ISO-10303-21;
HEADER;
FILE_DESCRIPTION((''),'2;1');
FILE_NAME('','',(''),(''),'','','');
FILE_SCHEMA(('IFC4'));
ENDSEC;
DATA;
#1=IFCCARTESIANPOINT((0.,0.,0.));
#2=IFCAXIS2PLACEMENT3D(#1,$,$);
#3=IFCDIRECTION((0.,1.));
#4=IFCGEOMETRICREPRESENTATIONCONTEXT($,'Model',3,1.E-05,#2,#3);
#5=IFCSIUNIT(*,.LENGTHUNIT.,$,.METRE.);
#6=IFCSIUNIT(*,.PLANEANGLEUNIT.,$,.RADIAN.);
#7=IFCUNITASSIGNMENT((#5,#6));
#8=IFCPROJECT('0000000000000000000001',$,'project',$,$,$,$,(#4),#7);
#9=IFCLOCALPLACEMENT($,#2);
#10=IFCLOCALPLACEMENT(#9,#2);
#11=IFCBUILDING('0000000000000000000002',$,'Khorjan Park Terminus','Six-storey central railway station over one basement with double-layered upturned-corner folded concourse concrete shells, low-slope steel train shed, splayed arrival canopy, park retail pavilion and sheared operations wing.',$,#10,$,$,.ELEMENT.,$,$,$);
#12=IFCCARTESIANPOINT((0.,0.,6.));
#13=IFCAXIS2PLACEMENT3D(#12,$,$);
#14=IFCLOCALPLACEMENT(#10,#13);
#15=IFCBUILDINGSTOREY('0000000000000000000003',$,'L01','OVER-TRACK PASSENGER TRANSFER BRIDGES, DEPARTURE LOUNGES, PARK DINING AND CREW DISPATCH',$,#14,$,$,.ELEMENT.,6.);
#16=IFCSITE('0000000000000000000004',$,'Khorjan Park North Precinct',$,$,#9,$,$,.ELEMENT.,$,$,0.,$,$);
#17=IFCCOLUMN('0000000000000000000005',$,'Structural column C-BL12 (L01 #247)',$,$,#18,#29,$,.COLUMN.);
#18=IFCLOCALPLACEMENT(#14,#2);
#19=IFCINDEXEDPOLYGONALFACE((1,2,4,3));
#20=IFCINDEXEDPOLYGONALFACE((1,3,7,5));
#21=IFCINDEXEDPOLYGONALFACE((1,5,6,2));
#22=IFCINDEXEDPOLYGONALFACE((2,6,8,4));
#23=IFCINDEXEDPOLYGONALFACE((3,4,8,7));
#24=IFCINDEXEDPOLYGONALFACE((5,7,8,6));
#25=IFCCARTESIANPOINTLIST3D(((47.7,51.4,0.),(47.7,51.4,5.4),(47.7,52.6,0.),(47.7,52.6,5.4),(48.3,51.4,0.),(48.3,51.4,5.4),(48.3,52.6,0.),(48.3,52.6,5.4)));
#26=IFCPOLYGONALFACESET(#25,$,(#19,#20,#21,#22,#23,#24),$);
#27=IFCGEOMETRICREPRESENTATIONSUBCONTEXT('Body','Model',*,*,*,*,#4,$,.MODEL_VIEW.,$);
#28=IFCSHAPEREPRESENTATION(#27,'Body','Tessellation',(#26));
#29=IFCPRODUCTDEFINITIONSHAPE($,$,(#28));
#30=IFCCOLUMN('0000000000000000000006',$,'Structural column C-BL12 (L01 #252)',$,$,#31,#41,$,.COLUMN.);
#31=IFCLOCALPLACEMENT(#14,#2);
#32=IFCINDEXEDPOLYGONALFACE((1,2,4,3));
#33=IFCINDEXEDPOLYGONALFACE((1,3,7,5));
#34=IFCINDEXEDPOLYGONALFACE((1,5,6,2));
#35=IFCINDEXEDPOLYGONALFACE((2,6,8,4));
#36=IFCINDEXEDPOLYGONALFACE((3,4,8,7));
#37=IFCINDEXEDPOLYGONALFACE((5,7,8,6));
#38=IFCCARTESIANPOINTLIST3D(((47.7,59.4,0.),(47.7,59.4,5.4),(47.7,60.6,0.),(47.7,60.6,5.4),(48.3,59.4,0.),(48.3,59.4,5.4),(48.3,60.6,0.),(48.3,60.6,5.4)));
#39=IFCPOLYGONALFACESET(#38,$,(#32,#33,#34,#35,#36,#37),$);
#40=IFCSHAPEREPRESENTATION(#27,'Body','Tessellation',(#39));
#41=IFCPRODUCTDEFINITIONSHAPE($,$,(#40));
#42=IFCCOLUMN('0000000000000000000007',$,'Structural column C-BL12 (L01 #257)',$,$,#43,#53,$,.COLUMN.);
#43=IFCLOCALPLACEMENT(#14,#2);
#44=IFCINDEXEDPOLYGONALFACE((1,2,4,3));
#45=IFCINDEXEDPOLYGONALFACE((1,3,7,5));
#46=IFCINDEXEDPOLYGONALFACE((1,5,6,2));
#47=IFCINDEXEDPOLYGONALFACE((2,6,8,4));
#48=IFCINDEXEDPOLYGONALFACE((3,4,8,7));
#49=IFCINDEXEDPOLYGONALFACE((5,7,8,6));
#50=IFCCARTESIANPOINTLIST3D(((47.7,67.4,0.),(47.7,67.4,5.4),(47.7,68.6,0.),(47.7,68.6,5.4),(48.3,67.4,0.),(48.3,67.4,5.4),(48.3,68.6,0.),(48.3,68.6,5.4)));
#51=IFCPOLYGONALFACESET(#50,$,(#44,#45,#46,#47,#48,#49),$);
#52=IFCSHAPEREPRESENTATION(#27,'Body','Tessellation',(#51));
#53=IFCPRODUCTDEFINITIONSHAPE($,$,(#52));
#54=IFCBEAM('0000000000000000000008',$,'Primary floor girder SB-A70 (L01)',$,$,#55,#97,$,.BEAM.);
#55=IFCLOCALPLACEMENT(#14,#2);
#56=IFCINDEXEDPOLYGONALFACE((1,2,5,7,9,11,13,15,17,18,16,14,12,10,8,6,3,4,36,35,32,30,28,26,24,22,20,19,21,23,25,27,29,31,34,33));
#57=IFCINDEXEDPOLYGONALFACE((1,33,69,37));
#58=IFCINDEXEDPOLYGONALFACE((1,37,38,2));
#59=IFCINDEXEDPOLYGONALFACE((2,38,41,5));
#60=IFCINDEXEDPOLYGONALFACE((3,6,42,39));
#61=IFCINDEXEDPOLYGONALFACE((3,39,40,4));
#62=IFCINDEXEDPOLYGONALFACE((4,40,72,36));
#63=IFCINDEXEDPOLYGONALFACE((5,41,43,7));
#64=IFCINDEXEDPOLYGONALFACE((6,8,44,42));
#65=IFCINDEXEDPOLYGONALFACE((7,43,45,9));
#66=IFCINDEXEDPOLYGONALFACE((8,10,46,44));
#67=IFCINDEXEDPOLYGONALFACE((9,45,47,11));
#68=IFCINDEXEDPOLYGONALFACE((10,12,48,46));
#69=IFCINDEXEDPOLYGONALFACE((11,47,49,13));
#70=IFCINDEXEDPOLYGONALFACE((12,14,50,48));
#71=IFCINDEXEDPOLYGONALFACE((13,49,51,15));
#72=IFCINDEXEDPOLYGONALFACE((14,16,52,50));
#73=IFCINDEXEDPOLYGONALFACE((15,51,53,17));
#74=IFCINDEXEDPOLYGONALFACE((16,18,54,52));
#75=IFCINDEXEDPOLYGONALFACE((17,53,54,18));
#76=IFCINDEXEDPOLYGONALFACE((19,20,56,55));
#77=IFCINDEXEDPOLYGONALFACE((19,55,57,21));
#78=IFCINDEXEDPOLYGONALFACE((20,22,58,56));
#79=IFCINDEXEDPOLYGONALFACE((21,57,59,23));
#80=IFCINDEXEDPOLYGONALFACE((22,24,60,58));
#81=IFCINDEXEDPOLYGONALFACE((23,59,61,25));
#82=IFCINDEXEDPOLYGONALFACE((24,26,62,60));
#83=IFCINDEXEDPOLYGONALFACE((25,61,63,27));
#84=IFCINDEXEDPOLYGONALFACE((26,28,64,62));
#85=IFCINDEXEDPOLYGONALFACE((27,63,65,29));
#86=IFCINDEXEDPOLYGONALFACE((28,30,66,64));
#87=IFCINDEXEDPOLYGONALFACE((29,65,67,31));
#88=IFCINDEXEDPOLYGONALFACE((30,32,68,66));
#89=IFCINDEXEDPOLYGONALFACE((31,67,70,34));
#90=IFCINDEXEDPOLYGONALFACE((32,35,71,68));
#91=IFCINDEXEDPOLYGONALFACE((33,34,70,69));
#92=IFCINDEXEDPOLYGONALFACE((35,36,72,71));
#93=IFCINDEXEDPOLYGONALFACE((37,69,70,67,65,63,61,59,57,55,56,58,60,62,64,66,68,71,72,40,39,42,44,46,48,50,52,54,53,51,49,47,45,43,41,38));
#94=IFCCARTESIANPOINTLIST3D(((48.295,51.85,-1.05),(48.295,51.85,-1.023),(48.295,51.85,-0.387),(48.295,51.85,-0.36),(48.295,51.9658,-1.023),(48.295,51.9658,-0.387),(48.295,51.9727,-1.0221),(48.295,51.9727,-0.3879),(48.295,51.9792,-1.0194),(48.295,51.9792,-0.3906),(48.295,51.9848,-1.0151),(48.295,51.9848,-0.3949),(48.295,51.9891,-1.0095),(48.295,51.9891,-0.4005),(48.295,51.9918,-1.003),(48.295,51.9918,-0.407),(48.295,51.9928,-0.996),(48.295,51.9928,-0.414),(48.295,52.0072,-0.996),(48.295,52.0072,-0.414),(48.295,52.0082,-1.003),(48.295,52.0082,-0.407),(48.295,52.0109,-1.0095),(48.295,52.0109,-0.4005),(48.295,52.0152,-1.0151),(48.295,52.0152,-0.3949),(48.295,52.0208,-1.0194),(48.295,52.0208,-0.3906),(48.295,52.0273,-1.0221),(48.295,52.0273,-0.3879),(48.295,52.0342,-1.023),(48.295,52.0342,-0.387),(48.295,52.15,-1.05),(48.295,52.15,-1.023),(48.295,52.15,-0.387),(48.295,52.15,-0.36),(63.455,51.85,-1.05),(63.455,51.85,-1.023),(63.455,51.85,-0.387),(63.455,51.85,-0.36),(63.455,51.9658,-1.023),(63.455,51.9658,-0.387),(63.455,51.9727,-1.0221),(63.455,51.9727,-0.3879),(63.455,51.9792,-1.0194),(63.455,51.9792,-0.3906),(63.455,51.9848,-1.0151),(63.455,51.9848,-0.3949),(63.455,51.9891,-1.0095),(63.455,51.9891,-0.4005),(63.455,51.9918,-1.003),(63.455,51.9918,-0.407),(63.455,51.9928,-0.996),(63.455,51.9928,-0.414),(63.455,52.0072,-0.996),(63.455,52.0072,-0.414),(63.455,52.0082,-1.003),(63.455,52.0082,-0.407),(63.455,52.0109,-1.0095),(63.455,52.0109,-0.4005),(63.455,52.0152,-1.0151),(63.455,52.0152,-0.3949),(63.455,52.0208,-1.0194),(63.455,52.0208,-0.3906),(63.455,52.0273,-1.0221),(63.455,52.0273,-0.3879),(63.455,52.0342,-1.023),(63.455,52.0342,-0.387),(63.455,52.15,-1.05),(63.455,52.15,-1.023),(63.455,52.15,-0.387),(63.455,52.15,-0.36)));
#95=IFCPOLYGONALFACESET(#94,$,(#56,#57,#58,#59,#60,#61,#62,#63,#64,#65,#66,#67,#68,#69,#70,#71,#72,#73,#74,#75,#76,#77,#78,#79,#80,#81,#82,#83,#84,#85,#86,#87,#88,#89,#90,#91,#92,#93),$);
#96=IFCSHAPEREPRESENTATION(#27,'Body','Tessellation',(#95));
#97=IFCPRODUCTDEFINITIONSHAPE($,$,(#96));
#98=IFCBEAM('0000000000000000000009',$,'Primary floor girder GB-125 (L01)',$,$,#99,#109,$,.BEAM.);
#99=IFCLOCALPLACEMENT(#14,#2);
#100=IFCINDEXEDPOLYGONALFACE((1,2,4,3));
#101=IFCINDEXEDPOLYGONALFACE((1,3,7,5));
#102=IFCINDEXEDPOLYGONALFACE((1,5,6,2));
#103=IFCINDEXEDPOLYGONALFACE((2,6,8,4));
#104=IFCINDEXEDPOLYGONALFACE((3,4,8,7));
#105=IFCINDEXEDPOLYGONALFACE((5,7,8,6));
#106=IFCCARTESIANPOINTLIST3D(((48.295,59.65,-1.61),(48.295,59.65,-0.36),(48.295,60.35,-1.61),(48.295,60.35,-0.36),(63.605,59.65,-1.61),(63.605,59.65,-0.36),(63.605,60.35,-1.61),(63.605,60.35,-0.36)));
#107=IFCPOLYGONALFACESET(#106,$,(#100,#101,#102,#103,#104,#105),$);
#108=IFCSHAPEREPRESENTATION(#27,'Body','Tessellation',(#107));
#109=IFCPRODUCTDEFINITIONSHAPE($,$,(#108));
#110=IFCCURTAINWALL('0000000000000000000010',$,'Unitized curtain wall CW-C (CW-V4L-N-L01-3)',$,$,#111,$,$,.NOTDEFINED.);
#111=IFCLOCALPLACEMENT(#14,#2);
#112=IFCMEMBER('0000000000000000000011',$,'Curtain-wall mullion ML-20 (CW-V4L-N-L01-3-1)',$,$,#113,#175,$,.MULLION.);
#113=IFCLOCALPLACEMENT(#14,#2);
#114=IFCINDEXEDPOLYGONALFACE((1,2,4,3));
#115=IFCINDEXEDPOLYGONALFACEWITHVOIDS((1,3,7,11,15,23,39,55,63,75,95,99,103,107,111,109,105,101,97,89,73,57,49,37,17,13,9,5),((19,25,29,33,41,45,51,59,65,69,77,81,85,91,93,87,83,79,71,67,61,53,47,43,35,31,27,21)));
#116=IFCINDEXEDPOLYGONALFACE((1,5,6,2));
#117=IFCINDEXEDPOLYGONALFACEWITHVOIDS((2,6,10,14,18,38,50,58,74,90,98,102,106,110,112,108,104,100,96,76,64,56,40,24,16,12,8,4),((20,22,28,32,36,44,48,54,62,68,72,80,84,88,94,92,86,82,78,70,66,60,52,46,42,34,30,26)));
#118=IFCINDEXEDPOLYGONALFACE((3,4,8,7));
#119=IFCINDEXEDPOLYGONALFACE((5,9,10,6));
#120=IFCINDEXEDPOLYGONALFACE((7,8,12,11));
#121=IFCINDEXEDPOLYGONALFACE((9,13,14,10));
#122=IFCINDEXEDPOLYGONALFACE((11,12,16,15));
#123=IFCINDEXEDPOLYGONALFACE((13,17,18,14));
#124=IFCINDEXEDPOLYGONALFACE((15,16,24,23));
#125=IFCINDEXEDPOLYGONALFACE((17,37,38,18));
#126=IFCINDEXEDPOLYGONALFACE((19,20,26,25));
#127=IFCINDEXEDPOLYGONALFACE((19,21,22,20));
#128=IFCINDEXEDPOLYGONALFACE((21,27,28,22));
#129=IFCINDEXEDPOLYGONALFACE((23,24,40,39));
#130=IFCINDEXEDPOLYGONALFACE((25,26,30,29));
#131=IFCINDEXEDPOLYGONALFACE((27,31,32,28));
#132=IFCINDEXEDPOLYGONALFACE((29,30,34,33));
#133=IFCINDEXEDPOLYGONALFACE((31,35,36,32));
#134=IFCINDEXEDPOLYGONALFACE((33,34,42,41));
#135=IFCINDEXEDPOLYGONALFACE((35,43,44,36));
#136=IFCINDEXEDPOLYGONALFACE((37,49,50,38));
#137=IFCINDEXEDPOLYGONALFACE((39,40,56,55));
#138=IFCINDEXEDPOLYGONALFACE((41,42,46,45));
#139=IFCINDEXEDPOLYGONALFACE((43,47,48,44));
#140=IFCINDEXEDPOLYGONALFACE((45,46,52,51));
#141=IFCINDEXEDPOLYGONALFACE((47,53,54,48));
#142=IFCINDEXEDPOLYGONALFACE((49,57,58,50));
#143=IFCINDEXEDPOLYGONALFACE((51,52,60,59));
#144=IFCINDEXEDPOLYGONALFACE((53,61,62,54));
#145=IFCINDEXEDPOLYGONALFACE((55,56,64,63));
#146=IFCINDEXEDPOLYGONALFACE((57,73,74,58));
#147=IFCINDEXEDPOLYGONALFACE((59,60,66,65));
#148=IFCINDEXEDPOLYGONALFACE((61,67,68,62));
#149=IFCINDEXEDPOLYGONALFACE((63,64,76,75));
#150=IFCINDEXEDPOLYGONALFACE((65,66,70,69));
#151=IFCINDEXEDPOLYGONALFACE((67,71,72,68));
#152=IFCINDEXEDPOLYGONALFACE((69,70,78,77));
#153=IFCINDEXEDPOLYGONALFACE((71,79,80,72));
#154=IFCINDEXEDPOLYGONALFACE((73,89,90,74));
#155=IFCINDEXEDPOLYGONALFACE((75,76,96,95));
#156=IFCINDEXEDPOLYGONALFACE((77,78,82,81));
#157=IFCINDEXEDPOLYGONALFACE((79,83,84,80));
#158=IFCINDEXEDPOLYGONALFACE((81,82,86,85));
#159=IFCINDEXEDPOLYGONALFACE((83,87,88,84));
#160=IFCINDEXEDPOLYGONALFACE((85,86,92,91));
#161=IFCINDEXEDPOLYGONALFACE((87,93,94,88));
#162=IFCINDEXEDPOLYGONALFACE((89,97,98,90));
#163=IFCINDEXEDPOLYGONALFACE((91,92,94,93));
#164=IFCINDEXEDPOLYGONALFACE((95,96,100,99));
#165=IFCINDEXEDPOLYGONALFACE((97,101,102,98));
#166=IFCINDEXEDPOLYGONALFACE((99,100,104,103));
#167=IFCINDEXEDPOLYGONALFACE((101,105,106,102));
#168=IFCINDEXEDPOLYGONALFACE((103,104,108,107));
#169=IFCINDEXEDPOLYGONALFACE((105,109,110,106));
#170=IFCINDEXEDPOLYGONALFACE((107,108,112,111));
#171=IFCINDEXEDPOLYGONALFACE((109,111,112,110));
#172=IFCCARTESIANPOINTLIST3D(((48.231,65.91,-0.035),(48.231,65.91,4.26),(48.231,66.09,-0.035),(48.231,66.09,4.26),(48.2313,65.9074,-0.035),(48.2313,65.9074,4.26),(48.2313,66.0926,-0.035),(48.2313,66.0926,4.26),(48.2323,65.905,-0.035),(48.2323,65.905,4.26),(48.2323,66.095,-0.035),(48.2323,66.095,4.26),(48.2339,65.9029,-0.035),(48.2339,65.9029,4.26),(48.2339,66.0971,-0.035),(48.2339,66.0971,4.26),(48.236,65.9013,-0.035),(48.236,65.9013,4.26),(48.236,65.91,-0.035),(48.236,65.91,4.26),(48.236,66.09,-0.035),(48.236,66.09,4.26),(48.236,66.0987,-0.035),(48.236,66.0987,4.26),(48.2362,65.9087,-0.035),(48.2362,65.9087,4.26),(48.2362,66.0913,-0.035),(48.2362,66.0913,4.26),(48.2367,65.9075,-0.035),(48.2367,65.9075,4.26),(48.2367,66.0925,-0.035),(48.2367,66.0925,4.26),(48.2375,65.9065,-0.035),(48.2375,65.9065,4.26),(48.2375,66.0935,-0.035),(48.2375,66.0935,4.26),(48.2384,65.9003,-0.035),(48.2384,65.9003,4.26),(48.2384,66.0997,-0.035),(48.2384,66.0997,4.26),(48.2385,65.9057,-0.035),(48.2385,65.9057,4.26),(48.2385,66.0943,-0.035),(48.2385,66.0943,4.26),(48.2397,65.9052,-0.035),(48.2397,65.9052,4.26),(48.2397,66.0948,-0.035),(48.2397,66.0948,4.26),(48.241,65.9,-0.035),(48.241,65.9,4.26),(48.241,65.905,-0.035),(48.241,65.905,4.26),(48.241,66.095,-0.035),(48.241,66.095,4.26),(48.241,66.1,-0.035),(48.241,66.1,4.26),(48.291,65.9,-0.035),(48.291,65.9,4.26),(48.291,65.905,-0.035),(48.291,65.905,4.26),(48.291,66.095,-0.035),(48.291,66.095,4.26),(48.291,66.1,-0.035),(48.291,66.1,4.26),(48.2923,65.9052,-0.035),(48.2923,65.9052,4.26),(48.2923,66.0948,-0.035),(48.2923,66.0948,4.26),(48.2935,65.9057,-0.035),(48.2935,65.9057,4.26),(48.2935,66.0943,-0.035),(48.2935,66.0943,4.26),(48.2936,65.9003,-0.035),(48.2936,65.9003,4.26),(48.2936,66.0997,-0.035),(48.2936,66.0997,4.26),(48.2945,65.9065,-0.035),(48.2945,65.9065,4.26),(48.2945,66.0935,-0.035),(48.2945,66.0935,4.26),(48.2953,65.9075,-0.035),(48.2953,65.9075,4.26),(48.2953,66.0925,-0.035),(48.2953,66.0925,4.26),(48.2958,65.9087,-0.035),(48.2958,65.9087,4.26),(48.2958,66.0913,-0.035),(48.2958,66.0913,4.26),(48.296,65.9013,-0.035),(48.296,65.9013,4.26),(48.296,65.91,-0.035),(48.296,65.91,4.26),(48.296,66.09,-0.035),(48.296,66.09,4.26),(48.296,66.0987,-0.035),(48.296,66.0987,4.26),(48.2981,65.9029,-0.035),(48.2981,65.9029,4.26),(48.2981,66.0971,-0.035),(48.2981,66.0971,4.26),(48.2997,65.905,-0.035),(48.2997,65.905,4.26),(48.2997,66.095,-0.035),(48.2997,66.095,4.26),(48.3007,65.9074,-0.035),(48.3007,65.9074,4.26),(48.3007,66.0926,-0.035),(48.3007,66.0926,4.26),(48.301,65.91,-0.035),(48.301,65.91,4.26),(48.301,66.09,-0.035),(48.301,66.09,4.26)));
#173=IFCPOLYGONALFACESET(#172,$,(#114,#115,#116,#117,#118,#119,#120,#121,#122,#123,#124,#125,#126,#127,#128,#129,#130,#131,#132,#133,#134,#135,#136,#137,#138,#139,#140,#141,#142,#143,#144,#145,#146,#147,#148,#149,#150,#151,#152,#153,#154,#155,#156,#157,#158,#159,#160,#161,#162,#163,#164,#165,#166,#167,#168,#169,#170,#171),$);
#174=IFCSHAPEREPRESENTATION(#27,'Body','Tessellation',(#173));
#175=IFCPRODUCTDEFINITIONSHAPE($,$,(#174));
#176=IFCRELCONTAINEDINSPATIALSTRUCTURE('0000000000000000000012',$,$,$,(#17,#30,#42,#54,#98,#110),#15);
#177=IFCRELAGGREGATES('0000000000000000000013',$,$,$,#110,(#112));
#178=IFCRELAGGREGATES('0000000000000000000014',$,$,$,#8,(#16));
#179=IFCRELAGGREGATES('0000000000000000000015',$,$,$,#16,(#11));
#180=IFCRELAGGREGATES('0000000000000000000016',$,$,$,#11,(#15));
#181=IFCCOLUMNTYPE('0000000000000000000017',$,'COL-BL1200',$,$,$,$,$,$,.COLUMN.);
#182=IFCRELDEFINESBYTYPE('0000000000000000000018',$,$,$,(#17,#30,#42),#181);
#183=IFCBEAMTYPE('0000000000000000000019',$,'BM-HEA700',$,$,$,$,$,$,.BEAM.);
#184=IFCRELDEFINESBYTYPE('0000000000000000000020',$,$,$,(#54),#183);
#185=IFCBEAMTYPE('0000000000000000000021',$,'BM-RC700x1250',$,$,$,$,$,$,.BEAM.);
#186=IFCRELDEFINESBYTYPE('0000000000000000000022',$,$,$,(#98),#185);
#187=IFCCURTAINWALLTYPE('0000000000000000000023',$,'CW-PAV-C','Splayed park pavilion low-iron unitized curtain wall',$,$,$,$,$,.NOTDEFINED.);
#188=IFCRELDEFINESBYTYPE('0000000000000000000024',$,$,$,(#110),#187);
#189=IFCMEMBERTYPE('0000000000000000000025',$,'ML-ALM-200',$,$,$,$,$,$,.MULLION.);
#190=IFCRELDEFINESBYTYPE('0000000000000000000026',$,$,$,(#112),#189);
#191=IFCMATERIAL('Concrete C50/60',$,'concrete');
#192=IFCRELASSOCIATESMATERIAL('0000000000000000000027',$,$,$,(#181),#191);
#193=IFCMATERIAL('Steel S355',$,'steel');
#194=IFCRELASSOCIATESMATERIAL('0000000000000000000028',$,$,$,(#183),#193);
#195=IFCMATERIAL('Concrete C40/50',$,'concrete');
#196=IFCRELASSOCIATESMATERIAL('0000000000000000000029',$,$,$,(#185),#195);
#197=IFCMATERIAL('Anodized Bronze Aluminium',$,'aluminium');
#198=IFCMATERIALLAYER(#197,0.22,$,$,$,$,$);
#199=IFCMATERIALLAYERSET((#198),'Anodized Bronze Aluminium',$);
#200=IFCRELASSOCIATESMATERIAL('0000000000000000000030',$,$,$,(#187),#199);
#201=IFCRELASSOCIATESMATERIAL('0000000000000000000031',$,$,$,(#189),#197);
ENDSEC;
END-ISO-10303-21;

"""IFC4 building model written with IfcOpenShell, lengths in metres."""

from ifc_helpers import new_model, si_unit, direction, frame, origin, origin_2d, place, context, subcontext, project, spatial, rectangle, hollow_rectangle, i_section, extrude, material, layer, layer_set, material_profile, profile_set, type_object, element, aggregate, save


model = new_model("IFC4")

# Units and contexts
model_context = context("Model", 3, precision=1e-05, world=origin(), true_north=direction((0.0, 1.0)))
body_context = subcontext(model_context, "Body", "Model", "MODEL_VIEW")
ifc_project = project(units=[si_unit("LENGTHUNIT", "METRE"), si_unit("PLANEANGLEUNIT", "RADIAN")], contexts=[model_context])

# Site, building, storey
site_placement = place(None, origin())
site = spatial("IfcSite", under=ifc_project, at=site_placement, Name="Khorjan Park North Precinct", CompositionType="ELEMENT", RefElevation=0.0)
building_placement = place(site_placement, origin())
building = spatial("IfcBuilding", under=site, at=building_placement, Name="Khorjan Park Terminus", Description="Six-storey central railway station over one basement with double-layered upturned-corner folded concourse concrete shells, low-slope steel train shed, splayed arrival canopy, park retail pavilion and sheared operations wing.", CompositionType="ELEMENT")
storey_placement = place(building_placement, frame((0.0, 0.0, 6.0)))
storey = spatial("IfcBuildingStorey", under=building, at=storey_placement, Name="L01", Description="OVER-TRACK PASSENGER TRANSFER BRIDGES, DEPARTURE LOUNGES, PARK DINING AND CREW DISPATCH", CompositionType="ELEMENT", Elevation=6.0)

# Columns
ifc_material_1 = material(Name="Concrete C50/60", Category="concrete")
ifc_material_profile_1 = material_profile(ifc_material_1, rectangle(XDim=0.6, YDim=1.2, at=origin_2d()), Name="RC 600x1200")
ifc_profile_set_1 = profile_set([ifc_material_profile_1], Name="Concrete C50/60")
column_type = type_object("IfcColumnType", Name="COL-BL1200", PredefinedType="COLUMN", material=ifc_profile_set_1)
for number, where, z_axis, x_axis, name in (
    (1, (48.0, 52.0, 0.0), (0.0, 0.0, 1.0), (1.0, 0.0, 0.0), "Structural column C-BL12 (L01 #247)"),
    (2, (48.0, 60.0, 0.0), (0.0, 0.0, 1.0), (1.0, 0.0, 0.0), "Structural column C-BL12 (L01 #252)"),
    (3, (48.0, 68.0, 0.0), (0.0, 0.0, 1.0), (1.0, 0.0, 0.0), "Structural column C-BL12 (L01 #257)"),
):
    element("IfcColumn", number, at=place(storey_placement, frame(where, z_axis=z_axis, x_axis=x_axis)), inside=storey, type_object=column_type, Name=name, PredefinedType="COLUMN", context=body_context, shape_type="SweptSolid", body=[
        extrude(rectangle(XDim=0.6, YDim=1.2, at=origin_2d()), origin(), (0.0, 0.0, 1.0), 5.4),
    ])

# Beams
ifc_material_2 = material(Name="Steel S355", Category="steel")
ifc_material_profile_2 = material_profile(ifc_material_2, i_section(OverallWidth=0.3, OverallDepth=0.69, WebThickness=0.0145, FlangeThickness=0.027, FilletRadius=0.027, at=origin_2d()), Name="HEA 700")
ifc_profile_set_2 = profile_set([ifc_material_profile_2], Name="Steel S355")
beam_type_1 = type_object("IfcBeamType", Name="BM-HEA700", PredefinedType="BEAM", material=ifc_profile_set_2)
beam_1_placement = place(storey_placement, frame((48.295, 52.0, -0.705), z_axis=(1.0, 0.0, 0.0), x_axis=(0.0, 1.0, 0.0)))
element("IfcBeam", 4, at=beam_1_placement, inside=storey, type_object=beam_type_1, Name="Primary floor girder SB-A70 (L01)", PredefinedType="BEAM", context=body_context, shape_type="SweptSolid", body=[
    extrude(i_section(OverallWidth=0.3, OverallDepth=0.69, WebThickness=0.0145, FlangeThickness=0.027, FilletRadius=0.027, at=origin_2d()), origin(), (0.0, 0.0, 1.0), 15.16),
])
ifc_material_3 = material(Name="Concrete C40/50", Category="concrete")
ifc_material_profile_3 = material_profile(ifc_material_3, rectangle(XDim=0.7, YDim=1.25, at=origin_2d()), Name="RC 700x1250")
ifc_profile_set_3 = profile_set([ifc_material_profile_3], Name="Concrete C40/50")
beam_type_2 = type_object("IfcBeamType", Name="BM-RC700x1250", PredefinedType="BEAM", material=ifc_profile_set_3)
beam_2_placement = place(storey_placement, frame((48.295, 60.0, -0.985), z_axis=(1.0, 0.0, 0.0), x_axis=(0.0, 1.0, 0.0)))
element("IfcBeam", 5, at=beam_2_placement, inside=storey, type_object=beam_type_2, Name="Primary floor girder GB-125 (L01)", PredefinedType="BEAM", context=body_context, shape_type="SweptSolid", body=[
    extrude(rectangle(XDim=0.7, YDim=1.25, at=origin_2d()), origin(), (0.0, 0.0, 1.0), 15.31),
])

# Curtain wall, member
ifc_material_4 = material(Name="Anodized Bronze Aluminium", Category="aluminium")
ifc_layer_1 = layer(ifc_material_4, 0.22)
ifc_layer_set_1 = layer_set([ifc_layer_1], Name="Anodized Bronze Aluminium")
curtain_wall_type = type_object("IfcCurtainWallType", Name="CW-PAV-C", Description="Splayed park pavilion low-iron unitized curtain wall", PredefinedType="NOTDEFINED", material=ifc_layer_set_1)
curtain_wall_1_placement = place(storey_placement, origin())
curtain_wall_1 = element("IfcCurtainWall", 6, at=curtain_wall_1_placement, inside=storey, type_object=curtain_wall_type, Name="Unitized curtain wall CW-C (CW-V4L-N-L01-3)", PredefinedType="NOTDEFINED")
ifc_material_profile_4 = material_profile(ifc_material_4, hollow_rectangle(XDim=0.07, YDim=0.2, WallThickness=0.005, InnerFilletRadius=0.005, OuterFilletRadius=0.01, at=origin_2d()), Name="ALM 70x200x5")
ifc_profile_set_4 = profile_set([ifc_material_profile_4], Name="Anodized Bronze Aluminium")
member_type_1 = type_object("IfcMemberType", Name="ML-ALM-200", PredefinedType="MULLION", material=ifc_profile_set_4)
member_1_placement = place(storey_placement, frame((48.266, 66.0, -0.035), z_axis=(0.0, 0.0, 1.0), x_axis=(-1.0, 0.0, 0.0)))
member_1 = element("IfcMember", 7, at=member_1_placement, type_object=member_type_1, Name="Curtain-wall mullion ML-20 (CW-V4L-N-L01-3-1)", PredefinedType="MULLION", context=body_context, shape_type="SweptSolid", body=[
    extrude(hollow_rectangle(XDim=0.07, YDim=0.2, WallThickness=0.005, InnerFilletRadius=0.005, OuterFilletRadius=0.01, at=origin_2d()), origin(), (0.0, 0.0, 1.0), 4.295),
])

aggregate(curtain_wall_1, [member_1])

save(model, "model.ifc")
